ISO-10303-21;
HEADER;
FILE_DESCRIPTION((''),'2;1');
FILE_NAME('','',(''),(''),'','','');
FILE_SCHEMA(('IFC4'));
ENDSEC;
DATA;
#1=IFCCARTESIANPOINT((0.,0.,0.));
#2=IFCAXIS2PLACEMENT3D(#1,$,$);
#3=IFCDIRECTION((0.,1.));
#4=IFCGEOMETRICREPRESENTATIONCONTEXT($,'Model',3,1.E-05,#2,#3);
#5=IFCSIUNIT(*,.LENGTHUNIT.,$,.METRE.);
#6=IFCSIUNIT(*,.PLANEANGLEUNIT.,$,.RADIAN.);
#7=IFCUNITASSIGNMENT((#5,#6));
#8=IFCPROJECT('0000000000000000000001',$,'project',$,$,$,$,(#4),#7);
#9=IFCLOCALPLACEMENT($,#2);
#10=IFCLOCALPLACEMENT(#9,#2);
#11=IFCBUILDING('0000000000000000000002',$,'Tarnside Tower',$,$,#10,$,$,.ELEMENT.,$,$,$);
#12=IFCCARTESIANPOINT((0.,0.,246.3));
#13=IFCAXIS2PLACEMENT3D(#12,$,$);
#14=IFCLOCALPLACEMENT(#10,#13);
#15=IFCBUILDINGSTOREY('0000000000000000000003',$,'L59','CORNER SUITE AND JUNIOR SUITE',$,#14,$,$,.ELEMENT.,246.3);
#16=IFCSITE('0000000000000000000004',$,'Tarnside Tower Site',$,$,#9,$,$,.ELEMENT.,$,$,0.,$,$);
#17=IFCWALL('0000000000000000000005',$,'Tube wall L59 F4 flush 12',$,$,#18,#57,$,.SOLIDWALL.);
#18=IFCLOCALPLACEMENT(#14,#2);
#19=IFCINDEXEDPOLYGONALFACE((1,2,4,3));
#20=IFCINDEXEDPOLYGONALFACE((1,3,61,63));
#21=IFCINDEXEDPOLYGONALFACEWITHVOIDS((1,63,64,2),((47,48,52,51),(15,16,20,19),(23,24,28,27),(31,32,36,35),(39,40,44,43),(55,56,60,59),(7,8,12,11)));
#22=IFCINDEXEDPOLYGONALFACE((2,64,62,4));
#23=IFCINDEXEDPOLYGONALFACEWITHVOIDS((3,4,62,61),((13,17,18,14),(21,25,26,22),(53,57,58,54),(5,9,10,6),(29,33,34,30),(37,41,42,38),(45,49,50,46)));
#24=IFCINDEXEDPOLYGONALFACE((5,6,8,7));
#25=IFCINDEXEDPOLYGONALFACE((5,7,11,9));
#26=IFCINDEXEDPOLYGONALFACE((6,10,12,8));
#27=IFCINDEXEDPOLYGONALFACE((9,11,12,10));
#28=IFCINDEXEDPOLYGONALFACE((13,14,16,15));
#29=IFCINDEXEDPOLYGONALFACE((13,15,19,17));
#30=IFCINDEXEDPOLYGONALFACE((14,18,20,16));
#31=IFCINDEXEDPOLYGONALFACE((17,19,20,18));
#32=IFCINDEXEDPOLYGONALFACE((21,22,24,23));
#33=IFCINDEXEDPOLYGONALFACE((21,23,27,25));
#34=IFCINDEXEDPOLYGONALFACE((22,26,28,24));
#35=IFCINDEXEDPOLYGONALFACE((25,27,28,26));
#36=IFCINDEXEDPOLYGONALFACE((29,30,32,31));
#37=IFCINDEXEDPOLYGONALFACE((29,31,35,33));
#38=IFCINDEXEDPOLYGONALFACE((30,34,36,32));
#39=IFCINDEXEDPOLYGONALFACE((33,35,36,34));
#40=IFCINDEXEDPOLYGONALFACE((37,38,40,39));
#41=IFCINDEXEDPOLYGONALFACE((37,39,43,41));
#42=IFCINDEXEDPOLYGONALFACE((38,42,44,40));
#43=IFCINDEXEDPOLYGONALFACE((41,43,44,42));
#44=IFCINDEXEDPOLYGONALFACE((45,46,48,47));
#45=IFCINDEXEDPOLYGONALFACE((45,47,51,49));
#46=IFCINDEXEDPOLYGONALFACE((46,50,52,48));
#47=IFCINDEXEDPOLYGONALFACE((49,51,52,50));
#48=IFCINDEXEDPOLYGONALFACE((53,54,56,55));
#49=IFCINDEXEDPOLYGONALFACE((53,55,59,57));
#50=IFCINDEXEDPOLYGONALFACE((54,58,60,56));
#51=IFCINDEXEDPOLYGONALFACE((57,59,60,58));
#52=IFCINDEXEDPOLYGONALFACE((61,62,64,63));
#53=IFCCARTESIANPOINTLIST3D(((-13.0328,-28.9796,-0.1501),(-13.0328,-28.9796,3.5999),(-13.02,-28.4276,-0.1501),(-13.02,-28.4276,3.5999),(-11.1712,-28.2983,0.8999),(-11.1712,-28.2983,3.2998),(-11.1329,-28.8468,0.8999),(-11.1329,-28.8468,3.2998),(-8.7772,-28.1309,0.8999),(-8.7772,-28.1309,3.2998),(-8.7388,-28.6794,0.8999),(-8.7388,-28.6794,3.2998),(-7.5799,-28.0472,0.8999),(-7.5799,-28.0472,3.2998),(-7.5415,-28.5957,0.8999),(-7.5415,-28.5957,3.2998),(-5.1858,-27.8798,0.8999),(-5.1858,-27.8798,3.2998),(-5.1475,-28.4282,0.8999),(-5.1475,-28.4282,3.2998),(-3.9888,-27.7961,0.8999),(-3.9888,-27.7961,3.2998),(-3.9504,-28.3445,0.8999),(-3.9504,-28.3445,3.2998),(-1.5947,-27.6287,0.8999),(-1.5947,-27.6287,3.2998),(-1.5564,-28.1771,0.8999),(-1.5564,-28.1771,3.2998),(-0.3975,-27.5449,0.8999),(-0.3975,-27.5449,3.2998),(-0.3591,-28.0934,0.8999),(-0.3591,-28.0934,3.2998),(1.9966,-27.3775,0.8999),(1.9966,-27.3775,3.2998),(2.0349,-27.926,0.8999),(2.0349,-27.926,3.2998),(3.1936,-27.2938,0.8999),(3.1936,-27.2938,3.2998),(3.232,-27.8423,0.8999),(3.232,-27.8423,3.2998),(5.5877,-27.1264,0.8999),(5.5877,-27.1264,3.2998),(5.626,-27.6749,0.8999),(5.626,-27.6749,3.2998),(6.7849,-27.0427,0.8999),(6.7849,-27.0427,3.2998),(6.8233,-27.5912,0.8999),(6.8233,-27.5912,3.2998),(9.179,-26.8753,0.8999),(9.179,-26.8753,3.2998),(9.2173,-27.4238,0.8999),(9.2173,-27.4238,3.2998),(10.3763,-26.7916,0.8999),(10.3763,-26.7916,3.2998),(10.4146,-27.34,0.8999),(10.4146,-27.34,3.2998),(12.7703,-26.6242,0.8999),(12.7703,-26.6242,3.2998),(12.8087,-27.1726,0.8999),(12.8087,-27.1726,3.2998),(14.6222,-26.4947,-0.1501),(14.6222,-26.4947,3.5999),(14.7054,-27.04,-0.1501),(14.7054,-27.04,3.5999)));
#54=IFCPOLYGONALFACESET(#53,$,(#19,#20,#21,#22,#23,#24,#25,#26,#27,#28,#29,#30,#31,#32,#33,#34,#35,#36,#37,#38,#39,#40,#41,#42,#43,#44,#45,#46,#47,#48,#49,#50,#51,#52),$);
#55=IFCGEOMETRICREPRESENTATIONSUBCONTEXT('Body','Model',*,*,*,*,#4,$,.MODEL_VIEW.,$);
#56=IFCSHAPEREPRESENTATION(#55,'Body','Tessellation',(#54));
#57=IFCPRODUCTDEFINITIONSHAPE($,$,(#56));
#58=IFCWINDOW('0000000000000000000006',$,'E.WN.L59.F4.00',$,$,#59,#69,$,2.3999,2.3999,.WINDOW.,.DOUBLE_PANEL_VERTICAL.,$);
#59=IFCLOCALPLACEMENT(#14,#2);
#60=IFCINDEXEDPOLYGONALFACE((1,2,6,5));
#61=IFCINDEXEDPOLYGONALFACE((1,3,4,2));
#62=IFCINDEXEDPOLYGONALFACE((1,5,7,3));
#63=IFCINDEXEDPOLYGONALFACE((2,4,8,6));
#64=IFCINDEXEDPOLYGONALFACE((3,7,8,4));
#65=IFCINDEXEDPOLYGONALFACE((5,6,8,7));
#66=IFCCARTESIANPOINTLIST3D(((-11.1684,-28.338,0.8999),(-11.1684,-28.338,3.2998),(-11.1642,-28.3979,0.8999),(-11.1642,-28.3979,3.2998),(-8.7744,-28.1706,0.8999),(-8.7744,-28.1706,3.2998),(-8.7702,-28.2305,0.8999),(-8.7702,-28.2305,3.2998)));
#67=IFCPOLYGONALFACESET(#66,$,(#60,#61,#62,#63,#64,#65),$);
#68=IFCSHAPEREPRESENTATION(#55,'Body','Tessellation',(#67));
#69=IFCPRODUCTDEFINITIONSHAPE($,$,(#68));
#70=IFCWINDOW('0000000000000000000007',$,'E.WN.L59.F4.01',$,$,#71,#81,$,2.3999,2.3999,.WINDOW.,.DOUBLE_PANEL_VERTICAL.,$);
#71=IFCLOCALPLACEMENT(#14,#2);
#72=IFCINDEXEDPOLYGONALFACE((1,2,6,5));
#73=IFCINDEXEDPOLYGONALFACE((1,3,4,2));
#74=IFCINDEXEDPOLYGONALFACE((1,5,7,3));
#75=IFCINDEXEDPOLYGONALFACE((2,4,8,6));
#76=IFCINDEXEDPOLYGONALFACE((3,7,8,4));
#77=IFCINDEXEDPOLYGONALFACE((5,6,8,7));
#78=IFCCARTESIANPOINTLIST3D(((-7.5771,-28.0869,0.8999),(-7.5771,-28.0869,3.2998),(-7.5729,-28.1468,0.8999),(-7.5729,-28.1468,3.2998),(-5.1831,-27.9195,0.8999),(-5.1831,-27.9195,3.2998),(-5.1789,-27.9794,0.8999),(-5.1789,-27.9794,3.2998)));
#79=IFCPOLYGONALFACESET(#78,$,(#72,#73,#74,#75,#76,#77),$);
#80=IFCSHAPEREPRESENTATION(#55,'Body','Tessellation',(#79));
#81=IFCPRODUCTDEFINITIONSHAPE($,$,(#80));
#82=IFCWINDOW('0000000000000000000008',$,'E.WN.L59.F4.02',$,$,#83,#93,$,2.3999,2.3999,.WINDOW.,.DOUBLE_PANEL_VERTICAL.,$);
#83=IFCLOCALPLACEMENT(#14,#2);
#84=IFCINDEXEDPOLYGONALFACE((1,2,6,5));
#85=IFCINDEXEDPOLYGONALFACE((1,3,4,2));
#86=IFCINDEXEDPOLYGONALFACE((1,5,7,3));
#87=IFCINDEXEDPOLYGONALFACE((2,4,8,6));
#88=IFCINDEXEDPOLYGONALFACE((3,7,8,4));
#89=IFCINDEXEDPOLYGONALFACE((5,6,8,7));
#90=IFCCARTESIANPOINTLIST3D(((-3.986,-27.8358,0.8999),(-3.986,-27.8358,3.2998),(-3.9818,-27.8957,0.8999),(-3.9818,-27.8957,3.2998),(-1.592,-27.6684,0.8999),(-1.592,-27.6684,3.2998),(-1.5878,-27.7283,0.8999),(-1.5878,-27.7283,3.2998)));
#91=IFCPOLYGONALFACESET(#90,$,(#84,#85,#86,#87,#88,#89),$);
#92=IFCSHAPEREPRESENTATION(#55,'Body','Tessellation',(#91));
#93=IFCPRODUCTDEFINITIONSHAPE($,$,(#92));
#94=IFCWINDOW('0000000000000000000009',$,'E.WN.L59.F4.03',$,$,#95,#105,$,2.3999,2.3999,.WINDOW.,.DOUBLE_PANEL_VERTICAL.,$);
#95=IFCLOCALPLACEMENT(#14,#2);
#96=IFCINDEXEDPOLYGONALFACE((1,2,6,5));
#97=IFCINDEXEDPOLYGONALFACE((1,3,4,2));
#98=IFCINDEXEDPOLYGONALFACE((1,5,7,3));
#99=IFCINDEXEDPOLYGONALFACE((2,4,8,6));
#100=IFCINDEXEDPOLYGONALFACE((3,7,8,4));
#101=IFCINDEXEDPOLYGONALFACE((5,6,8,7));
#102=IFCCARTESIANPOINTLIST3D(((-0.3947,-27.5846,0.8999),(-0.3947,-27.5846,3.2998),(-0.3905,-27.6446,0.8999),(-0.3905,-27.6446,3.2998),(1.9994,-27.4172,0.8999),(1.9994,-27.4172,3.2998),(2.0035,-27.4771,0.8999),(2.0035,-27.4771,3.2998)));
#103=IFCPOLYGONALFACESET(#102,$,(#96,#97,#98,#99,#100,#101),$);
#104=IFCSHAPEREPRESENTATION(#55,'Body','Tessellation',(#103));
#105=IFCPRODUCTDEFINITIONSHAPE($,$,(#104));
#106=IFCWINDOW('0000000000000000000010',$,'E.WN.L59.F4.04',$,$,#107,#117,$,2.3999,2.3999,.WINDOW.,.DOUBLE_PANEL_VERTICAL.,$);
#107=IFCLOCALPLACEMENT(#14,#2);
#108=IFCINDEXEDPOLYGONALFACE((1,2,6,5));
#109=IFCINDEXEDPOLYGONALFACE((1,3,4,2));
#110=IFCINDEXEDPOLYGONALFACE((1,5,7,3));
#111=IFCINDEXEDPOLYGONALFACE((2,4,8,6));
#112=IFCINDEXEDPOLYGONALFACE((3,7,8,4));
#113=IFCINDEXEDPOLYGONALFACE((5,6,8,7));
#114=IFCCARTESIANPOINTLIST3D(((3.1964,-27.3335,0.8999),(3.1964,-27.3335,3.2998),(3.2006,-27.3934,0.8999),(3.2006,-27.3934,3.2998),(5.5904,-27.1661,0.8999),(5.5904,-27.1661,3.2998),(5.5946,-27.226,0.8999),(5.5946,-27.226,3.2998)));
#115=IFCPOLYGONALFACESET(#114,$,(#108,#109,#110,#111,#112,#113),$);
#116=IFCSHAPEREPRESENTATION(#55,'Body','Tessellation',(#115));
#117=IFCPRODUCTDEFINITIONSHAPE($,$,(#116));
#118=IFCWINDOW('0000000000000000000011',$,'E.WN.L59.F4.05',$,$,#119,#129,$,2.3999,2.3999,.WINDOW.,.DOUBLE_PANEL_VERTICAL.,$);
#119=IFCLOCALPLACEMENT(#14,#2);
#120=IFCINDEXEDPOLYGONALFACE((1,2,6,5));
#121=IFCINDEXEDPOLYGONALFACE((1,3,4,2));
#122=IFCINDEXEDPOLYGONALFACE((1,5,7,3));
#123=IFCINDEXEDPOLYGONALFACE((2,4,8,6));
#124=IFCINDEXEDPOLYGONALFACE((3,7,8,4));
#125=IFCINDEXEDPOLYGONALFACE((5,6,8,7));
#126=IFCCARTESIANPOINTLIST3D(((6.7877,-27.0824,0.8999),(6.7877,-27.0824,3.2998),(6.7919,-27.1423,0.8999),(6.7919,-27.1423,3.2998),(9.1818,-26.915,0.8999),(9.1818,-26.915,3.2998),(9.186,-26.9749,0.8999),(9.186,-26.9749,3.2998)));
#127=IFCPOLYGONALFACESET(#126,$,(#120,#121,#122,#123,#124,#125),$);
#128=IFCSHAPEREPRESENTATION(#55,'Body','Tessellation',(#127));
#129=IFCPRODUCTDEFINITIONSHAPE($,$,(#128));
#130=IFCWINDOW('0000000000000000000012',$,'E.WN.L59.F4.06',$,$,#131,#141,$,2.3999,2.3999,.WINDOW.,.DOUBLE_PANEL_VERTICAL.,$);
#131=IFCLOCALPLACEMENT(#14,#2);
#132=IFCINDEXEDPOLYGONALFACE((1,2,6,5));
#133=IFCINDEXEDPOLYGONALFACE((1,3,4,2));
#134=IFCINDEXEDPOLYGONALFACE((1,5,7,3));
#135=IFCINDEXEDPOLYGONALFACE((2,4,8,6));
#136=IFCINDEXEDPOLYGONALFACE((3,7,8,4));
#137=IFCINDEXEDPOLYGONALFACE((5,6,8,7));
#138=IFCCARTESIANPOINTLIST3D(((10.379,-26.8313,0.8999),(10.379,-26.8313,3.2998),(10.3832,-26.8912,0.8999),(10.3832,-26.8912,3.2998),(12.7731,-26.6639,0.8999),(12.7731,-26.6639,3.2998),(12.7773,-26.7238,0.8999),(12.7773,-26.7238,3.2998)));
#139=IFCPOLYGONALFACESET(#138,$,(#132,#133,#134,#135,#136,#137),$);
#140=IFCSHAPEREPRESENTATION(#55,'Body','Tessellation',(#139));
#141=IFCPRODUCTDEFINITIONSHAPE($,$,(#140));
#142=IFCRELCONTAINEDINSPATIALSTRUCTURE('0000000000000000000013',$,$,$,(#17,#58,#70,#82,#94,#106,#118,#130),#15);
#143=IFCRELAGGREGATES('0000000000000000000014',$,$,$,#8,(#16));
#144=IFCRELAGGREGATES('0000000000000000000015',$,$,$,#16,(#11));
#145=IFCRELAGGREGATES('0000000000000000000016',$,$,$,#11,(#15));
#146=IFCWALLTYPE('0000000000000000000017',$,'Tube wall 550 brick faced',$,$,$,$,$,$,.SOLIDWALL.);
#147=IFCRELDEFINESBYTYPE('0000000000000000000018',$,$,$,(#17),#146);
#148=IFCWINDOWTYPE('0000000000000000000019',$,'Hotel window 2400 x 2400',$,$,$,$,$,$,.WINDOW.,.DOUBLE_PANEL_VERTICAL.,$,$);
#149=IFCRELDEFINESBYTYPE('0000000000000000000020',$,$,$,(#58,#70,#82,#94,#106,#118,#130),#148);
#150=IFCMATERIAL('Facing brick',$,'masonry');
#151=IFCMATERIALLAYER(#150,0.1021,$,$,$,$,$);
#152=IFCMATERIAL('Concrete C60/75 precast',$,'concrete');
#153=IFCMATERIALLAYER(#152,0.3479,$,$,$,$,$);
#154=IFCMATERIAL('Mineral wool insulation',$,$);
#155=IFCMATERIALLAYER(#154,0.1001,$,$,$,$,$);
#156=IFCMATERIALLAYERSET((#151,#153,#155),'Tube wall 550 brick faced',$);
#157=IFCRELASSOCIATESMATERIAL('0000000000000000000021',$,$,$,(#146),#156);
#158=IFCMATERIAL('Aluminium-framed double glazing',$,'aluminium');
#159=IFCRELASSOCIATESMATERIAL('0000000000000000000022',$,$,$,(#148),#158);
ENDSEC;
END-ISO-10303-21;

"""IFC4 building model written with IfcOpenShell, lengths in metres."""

from ifc_helpers import new_model, si_unit, direction, frame, frame_2d, origin, place, context, subcontext, project, spatial, polyline, rectangle, outline, extrude, material, layer, layer_set, type_object, element, fill, save


model = new_model("IFC4")

# Units and contexts
model_context = context("Model", 3, precision=1e-05, world=origin(), true_north=direction((0.0, 1.0)))
body_context = subcontext(model_context, "Body", "Model", "MODEL_VIEW")
ifc_project = project(units=[si_unit("LENGTHUNIT", "METRE"), si_unit("PLANEANGLEUNIT", "RADIAN")], contexts=[model_context])

# Site, building, storey
site_placement = place(None, origin())
site = spatial("IfcSite", under=ifc_project, at=site_placement, Name="Tarnside Tower Site", CompositionType="ELEMENT", RefElevation=0.0)
building_placement = place(site_placement, origin())
building = spatial("IfcBuilding", under=site, at=building_placement, Name="Tarnside Tower", CompositionType="ELEMENT")
storey_placement = place(building_placement, frame((0.0, 0.0, 246.3)))
storey = spatial("IfcBuildingStorey", under=building, at=storey_placement, Name="L59", Description="CORNER SUITE AND JUNIOR SUITE", CompositionType="ELEMENT", Elevation=246.3)

# Shared definitions
ifc_material_1 = material(Name="Facing brick", Category="masonry")
ifc_layer_1 = layer(ifc_material_1, 0.1021)
ifc_material_2 = material(Name="Concrete C60/75 precast", Category="concrete")
ifc_layer_2 = layer(ifc_material_2, 0.3479)
ifc_material_3 = material(Name="Mineral wool insulation")
ifc_layer_3 = layer(ifc_material_3, 0.1001)
ifc_layer_set_1 = layer_set([ifc_layer_1, ifc_layer_2, ifc_layer_3], Name="Tube wall 550 brick faced")
wall_type_1 = type_object("IfcWallType", Name="Tube wall 550 brick faced", PredefinedType="SOLIDWALL", material=ifc_layer_set_1)

# Wall, openings, windows
wall_1_placement = place(storey_placement, frame((-13.0264, -28.7036, -0.1501), z_axis=(0.0, 0.0, 1.0), x_axis=(0.997564, 0.069756, 0.0)))
wall_1 = element("IfcWall", 1, at=wall_1_placement, inside=storey, type_object=wall_type_1, Name="Tube wall L59 F4 flush 12", PredefinedType="SOLIDWALL", context=body_context, shape_type="SweptSolid", body=[
    extrude(outline(polyline([(-0.0256, -0.2749), (27.7803, -0.2749), (27.7354, 0.2749), (0.0256, 0.2749), (-0.0256, -0.2749)])), origin(), (0.0, 0.0, 1.0), 3.75),
])
opening_1_placement = place(wall_1_placement, frame((1.8789, 0.0, 1.05)))
opening_1 = element("IfcOpeningElement", 2, at=opening_1_placement, cuts=wall_1, PredefinedType="OPENING", context=body_context, shape_type="SweptSolid", body=[
    extrude(rectangle(XDim=2.3999, YDim=2.3999, at=frame_2d((1.2, 1.2))), frame((0.0, 0.2852, 0.0), z_axis=(0.0, -1.0, 0.0), x_axis=(1.0, 0.0, 0.0)), (0.0, 0.0, 1.0), 0.5701),
])
opening_2_placement = place(wall_1_placement, frame((5.479, 0.0, 1.05)))
opening_2 = element("IfcOpeningElement", 3, at=opening_2_placement, cuts=wall_1, PredefinedType="OPENING", context=body_context, shape_type="SweptSolid", body=[
    extrude(rectangle(XDim=2.3999, YDim=2.3999, at=frame_2d((1.2, 1.2))), frame((0.0, 0.2852, 0.0), z_axis=(0.0, -1.0, 0.0), x_axis=(1.0, 0.0, 0.0)), (0.0, 0.0, 1.0), 0.5701),
])
opening_3_placement = place(wall_1_placement, frame((9.0789, 0.0, 1.05)))
opening_3 = element("IfcOpeningElement", 4, at=opening_3_placement, cuts=wall_1, PredefinedType="OPENING", context=body_context, shape_type="SweptSolid", body=[
    extrude(rectangle(XDim=2.3999, YDim=2.3999, at=frame_2d((1.2, 1.2))), frame((0.0, 0.2852, 0.0), z_axis=(0.0, -1.0, 0.0), x_axis=(1.0, 0.0, 0.0)), (0.0, 0.0, 1.0), 0.5701),
])
opening_4_placement = place(wall_1_placement, frame((12.679, 0.0, 1.05)))
opening_4 = element("IfcOpeningElement", 5, at=opening_4_placement, cuts=wall_1, PredefinedType="OPENING", context=body_context, shape_type="SweptSolid", body=[
    extrude(rectangle(XDim=2.3999, YDim=2.3999, at=frame_2d((1.2, 1.2))), frame((0.0, 0.2852, 0.0), z_axis=(0.0, -1.0, 0.0), x_axis=(1.0, 0.0, 0.0)), (0.0, 0.0, 1.0), 0.5701),
])
opening_5_placement = place(wall_1_placement, frame((16.2788, 0.0, 1.05)))
opening_5 = element("IfcOpeningElement", 6, at=opening_5_placement, cuts=wall_1, PredefinedType="OPENING", context=body_context, shape_type="SweptSolid", body=[
    extrude(rectangle(XDim=2.3999, YDim=2.3999, at=frame_2d((1.2, 1.2))), frame((0.0, 0.2852, 0.0), z_axis=(0.0, -1.0, 0.0), x_axis=(1.0, 0.0, 0.0)), (0.0, 0.0, 1.0), 0.5701),
])
opening_6_placement = place(wall_1_placement, frame((19.8789, 0.0, 1.05)))
opening_6 = element("IfcOpeningElement", 7, at=opening_6_placement, cuts=wall_1, PredefinedType="OPENING", context=body_context, shape_type="SweptSolid", body=[
    extrude(rectangle(XDim=2.3999, YDim=2.3999, at=frame_2d((1.2, 1.2))), frame((0.0, 0.2852, 0.0), z_axis=(0.0, -1.0, 0.0), x_axis=(1.0, 0.0, 0.0)), (0.0, 0.0, 1.0), 0.5701),
])
opening_7_placement = place(wall_1_placement, frame((23.479, 0.0, 1.05)))
opening_7 = element("IfcOpeningElement", 8, at=opening_7_placement, cuts=wall_1, PredefinedType="OPENING", context=body_context, shape_type="SweptSolid", body=[
    extrude(rectangle(XDim=2.3999, YDim=2.3999, at=frame_2d((1.2, 1.2))), frame((0.0, 0.2852, 0.0), z_axis=(0.0, -1.0, 0.0), x_axis=(1.0, 0.0, 0.0)), (0.0, 0.0, 1.0), 0.5701),
])
ifc_material_4 = material(Name="Aluminium-framed double glazing", Category="aluminium")
window_type = type_object("IfcWindowType", Name="Hotel window 2400 x 2400", PartitioningType="DOUBLE_PANEL_VERTICAL", PredefinedType="WINDOW", material=ifc_material_4)
window_1_placement = place(opening_1_placement, frame((0.0, 0.2051, 0.0)))
window_1 = element("IfcWindow", 9, at=window_1_placement, inside=storey, type_object=window_type, Name="E.WN.L59.F4.00", OverallHeight=2.3999, OverallWidth=2.3999, PartitioningType="DOUBLE_PANEL_VERTICAL", PredefinedType="WINDOW", context=body_context, shape_type="SweptSolid", body=[
    extrude(rectangle(XDim=2.3999, YDim=2.3999, at=frame_2d((1.2, 1.2))), frame((0.0, 0.03, 0.0), z_axis=(0.0, -1.0, 0.0), x_axis=(1.0, 0.0, 0.0)), (0.0, 0.0, 1.0), 0.0601),
])
fill(opening_1, window_1)
window_2_placement = place(opening_2_placement, frame((0.0, 0.2051, 0.0)))
window_2 = element("IfcWindow", 10, at=window_2_placement, inside=storey, type_object=window_type, Name="E.WN.L59.F4.01", OverallHeight=2.3999, OverallWidth=2.3999, PartitioningType="DOUBLE_PANEL_VERTICAL", PredefinedType="WINDOW", context=body_context, shape_type="SweptSolid", body=[
    extrude(rectangle(XDim=2.3999, YDim=2.3999, at=frame_2d((1.2, 1.2))), frame((0.0, 0.03, 0.0), z_axis=(0.0, -1.0, 0.0), x_axis=(1.0, 0.0, 0.0)), (0.0, 0.0, 1.0), 0.0601),
])
fill(opening_2, window_2)
window_3_placement = place(opening_3_placement, frame((0.0, 0.2051, 0.0)))
window_3 = element("IfcWindow", 11, at=window_3_placement, inside=storey, type_object=window_type, Name="E.WN.L59.F4.02", OverallHeight=2.3999, OverallWidth=2.3999, PartitioningType="DOUBLE_PANEL_VERTICAL", PredefinedType="WINDOW", context=body_context, shape_type="SweptSolid", body=[
    extrude(rectangle(XDim=2.3999, YDim=2.3999, at=frame_2d((1.2, 1.2))), frame((0.0, 0.03, 0.0), z_axis=(0.0, -1.0, 0.0), x_axis=(1.0, 0.0, 0.0)), (0.0, 0.0, 1.0), 0.0601),
])
fill(opening_3, window_3)
window_4_placement = place(opening_4_placement, frame((0.0, 0.2051, 0.0)))
window_4 = element("IfcWindow", 12, at=window_4_placement, inside=storey, type_object=window_type, Name="E.WN.L59.F4.03", OverallHeight=2.3999, OverallWidth=2.3999, PartitioningType="DOUBLE_PANEL_VERTICAL", PredefinedType="WINDOW", context=body_context, shape_type="SweptSolid", body=[
    extrude(rectangle(XDim=2.3999, YDim=2.3999, at=frame_2d((1.2, 1.2))), frame((0.0, 0.03, 0.0), z_axis=(0.0, -1.0, 0.0), x_axis=(1.0, 0.0, 0.0)), (0.0, 0.0, 1.0), 0.0601),
])
fill(opening_4, window_4)
window_5_placement = place(opening_5_placement, frame((0.0, 0.2051, 0.0)))
window_5 = element("IfcWindow", 13, at=window_5_placement, inside=storey, type_object=window_type, Name="E.WN.L59.F4.04", OverallHeight=2.3999, OverallWidth=2.3999, PartitioningType="DOUBLE_PANEL_VERTICAL", PredefinedType="WINDOW", context=body_context, shape_type="SweptSolid", body=[
    extrude(rectangle(XDim=2.3999, YDim=2.3999, at=frame_2d((1.2, 1.2))), frame((0.0, 0.03, 0.0), z_axis=(0.0, -1.0, 0.0), x_axis=(1.0, 0.0, 0.0)), (0.0, 0.0, 1.0), 0.0601),
])
fill(opening_5, window_5)
window_6_placement = place(opening_6_placement, frame((0.0, 0.2051, 0.0)))
window_6 = element("IfcWindow", 14, at=window_6_placement, inside=storey, type_object=window_type, Name="E.WN.L59.F4.05", OverallHeight=2.3999, OverallWidth=2.3999, PartitioningType="DOUBLE_PANEL_VERTICAL", PredefinedType="WINDOW", context=body_context, shape_type="SweptSolid", body=[
    extrude(rectangle(XDim=2.3999, YDim=2.3999, at=frame_2d((1.2, 1.2))), frame((0.0, 0.03, 0.0), z_axis=(0.0, -1.0, 0.0), x_axis=(1.0, 0.0, 0.0)), (0.0, 0.0, 1.0), 0.0601),
])
fill(opening_6, window_6)
window_7_placement = place(opening_7_placement, frame((0.0, 0.2051, 0.0)))
window_7 = element("IfcWindow", 15, at=window_7_placement, inside=storey, type_object=window_type, Name="E.WN.L59.F4.06", OverallHeight=2.3999, OverallWidth=2.3999, PartitioningType="DOUBLE_PANEL_VERTICAL", PredefinedType="WINDOW", context=body_context, shape_type="SweptSolid", body=[
    extrude(rectangle(XDim=2.3999, YDim=2.3999, at=frame_2d((1.2, 1.2))), frame((0.0, 0.03, 0.0), z_axis=(0.0, -1.0, 0.0), x_axis=(1.0, 0.0, 0.0)), (0.0, 0.0, 1.0), 0.0601),
])
fill(opening_7, window_7)

save(model, "model.ifc")
